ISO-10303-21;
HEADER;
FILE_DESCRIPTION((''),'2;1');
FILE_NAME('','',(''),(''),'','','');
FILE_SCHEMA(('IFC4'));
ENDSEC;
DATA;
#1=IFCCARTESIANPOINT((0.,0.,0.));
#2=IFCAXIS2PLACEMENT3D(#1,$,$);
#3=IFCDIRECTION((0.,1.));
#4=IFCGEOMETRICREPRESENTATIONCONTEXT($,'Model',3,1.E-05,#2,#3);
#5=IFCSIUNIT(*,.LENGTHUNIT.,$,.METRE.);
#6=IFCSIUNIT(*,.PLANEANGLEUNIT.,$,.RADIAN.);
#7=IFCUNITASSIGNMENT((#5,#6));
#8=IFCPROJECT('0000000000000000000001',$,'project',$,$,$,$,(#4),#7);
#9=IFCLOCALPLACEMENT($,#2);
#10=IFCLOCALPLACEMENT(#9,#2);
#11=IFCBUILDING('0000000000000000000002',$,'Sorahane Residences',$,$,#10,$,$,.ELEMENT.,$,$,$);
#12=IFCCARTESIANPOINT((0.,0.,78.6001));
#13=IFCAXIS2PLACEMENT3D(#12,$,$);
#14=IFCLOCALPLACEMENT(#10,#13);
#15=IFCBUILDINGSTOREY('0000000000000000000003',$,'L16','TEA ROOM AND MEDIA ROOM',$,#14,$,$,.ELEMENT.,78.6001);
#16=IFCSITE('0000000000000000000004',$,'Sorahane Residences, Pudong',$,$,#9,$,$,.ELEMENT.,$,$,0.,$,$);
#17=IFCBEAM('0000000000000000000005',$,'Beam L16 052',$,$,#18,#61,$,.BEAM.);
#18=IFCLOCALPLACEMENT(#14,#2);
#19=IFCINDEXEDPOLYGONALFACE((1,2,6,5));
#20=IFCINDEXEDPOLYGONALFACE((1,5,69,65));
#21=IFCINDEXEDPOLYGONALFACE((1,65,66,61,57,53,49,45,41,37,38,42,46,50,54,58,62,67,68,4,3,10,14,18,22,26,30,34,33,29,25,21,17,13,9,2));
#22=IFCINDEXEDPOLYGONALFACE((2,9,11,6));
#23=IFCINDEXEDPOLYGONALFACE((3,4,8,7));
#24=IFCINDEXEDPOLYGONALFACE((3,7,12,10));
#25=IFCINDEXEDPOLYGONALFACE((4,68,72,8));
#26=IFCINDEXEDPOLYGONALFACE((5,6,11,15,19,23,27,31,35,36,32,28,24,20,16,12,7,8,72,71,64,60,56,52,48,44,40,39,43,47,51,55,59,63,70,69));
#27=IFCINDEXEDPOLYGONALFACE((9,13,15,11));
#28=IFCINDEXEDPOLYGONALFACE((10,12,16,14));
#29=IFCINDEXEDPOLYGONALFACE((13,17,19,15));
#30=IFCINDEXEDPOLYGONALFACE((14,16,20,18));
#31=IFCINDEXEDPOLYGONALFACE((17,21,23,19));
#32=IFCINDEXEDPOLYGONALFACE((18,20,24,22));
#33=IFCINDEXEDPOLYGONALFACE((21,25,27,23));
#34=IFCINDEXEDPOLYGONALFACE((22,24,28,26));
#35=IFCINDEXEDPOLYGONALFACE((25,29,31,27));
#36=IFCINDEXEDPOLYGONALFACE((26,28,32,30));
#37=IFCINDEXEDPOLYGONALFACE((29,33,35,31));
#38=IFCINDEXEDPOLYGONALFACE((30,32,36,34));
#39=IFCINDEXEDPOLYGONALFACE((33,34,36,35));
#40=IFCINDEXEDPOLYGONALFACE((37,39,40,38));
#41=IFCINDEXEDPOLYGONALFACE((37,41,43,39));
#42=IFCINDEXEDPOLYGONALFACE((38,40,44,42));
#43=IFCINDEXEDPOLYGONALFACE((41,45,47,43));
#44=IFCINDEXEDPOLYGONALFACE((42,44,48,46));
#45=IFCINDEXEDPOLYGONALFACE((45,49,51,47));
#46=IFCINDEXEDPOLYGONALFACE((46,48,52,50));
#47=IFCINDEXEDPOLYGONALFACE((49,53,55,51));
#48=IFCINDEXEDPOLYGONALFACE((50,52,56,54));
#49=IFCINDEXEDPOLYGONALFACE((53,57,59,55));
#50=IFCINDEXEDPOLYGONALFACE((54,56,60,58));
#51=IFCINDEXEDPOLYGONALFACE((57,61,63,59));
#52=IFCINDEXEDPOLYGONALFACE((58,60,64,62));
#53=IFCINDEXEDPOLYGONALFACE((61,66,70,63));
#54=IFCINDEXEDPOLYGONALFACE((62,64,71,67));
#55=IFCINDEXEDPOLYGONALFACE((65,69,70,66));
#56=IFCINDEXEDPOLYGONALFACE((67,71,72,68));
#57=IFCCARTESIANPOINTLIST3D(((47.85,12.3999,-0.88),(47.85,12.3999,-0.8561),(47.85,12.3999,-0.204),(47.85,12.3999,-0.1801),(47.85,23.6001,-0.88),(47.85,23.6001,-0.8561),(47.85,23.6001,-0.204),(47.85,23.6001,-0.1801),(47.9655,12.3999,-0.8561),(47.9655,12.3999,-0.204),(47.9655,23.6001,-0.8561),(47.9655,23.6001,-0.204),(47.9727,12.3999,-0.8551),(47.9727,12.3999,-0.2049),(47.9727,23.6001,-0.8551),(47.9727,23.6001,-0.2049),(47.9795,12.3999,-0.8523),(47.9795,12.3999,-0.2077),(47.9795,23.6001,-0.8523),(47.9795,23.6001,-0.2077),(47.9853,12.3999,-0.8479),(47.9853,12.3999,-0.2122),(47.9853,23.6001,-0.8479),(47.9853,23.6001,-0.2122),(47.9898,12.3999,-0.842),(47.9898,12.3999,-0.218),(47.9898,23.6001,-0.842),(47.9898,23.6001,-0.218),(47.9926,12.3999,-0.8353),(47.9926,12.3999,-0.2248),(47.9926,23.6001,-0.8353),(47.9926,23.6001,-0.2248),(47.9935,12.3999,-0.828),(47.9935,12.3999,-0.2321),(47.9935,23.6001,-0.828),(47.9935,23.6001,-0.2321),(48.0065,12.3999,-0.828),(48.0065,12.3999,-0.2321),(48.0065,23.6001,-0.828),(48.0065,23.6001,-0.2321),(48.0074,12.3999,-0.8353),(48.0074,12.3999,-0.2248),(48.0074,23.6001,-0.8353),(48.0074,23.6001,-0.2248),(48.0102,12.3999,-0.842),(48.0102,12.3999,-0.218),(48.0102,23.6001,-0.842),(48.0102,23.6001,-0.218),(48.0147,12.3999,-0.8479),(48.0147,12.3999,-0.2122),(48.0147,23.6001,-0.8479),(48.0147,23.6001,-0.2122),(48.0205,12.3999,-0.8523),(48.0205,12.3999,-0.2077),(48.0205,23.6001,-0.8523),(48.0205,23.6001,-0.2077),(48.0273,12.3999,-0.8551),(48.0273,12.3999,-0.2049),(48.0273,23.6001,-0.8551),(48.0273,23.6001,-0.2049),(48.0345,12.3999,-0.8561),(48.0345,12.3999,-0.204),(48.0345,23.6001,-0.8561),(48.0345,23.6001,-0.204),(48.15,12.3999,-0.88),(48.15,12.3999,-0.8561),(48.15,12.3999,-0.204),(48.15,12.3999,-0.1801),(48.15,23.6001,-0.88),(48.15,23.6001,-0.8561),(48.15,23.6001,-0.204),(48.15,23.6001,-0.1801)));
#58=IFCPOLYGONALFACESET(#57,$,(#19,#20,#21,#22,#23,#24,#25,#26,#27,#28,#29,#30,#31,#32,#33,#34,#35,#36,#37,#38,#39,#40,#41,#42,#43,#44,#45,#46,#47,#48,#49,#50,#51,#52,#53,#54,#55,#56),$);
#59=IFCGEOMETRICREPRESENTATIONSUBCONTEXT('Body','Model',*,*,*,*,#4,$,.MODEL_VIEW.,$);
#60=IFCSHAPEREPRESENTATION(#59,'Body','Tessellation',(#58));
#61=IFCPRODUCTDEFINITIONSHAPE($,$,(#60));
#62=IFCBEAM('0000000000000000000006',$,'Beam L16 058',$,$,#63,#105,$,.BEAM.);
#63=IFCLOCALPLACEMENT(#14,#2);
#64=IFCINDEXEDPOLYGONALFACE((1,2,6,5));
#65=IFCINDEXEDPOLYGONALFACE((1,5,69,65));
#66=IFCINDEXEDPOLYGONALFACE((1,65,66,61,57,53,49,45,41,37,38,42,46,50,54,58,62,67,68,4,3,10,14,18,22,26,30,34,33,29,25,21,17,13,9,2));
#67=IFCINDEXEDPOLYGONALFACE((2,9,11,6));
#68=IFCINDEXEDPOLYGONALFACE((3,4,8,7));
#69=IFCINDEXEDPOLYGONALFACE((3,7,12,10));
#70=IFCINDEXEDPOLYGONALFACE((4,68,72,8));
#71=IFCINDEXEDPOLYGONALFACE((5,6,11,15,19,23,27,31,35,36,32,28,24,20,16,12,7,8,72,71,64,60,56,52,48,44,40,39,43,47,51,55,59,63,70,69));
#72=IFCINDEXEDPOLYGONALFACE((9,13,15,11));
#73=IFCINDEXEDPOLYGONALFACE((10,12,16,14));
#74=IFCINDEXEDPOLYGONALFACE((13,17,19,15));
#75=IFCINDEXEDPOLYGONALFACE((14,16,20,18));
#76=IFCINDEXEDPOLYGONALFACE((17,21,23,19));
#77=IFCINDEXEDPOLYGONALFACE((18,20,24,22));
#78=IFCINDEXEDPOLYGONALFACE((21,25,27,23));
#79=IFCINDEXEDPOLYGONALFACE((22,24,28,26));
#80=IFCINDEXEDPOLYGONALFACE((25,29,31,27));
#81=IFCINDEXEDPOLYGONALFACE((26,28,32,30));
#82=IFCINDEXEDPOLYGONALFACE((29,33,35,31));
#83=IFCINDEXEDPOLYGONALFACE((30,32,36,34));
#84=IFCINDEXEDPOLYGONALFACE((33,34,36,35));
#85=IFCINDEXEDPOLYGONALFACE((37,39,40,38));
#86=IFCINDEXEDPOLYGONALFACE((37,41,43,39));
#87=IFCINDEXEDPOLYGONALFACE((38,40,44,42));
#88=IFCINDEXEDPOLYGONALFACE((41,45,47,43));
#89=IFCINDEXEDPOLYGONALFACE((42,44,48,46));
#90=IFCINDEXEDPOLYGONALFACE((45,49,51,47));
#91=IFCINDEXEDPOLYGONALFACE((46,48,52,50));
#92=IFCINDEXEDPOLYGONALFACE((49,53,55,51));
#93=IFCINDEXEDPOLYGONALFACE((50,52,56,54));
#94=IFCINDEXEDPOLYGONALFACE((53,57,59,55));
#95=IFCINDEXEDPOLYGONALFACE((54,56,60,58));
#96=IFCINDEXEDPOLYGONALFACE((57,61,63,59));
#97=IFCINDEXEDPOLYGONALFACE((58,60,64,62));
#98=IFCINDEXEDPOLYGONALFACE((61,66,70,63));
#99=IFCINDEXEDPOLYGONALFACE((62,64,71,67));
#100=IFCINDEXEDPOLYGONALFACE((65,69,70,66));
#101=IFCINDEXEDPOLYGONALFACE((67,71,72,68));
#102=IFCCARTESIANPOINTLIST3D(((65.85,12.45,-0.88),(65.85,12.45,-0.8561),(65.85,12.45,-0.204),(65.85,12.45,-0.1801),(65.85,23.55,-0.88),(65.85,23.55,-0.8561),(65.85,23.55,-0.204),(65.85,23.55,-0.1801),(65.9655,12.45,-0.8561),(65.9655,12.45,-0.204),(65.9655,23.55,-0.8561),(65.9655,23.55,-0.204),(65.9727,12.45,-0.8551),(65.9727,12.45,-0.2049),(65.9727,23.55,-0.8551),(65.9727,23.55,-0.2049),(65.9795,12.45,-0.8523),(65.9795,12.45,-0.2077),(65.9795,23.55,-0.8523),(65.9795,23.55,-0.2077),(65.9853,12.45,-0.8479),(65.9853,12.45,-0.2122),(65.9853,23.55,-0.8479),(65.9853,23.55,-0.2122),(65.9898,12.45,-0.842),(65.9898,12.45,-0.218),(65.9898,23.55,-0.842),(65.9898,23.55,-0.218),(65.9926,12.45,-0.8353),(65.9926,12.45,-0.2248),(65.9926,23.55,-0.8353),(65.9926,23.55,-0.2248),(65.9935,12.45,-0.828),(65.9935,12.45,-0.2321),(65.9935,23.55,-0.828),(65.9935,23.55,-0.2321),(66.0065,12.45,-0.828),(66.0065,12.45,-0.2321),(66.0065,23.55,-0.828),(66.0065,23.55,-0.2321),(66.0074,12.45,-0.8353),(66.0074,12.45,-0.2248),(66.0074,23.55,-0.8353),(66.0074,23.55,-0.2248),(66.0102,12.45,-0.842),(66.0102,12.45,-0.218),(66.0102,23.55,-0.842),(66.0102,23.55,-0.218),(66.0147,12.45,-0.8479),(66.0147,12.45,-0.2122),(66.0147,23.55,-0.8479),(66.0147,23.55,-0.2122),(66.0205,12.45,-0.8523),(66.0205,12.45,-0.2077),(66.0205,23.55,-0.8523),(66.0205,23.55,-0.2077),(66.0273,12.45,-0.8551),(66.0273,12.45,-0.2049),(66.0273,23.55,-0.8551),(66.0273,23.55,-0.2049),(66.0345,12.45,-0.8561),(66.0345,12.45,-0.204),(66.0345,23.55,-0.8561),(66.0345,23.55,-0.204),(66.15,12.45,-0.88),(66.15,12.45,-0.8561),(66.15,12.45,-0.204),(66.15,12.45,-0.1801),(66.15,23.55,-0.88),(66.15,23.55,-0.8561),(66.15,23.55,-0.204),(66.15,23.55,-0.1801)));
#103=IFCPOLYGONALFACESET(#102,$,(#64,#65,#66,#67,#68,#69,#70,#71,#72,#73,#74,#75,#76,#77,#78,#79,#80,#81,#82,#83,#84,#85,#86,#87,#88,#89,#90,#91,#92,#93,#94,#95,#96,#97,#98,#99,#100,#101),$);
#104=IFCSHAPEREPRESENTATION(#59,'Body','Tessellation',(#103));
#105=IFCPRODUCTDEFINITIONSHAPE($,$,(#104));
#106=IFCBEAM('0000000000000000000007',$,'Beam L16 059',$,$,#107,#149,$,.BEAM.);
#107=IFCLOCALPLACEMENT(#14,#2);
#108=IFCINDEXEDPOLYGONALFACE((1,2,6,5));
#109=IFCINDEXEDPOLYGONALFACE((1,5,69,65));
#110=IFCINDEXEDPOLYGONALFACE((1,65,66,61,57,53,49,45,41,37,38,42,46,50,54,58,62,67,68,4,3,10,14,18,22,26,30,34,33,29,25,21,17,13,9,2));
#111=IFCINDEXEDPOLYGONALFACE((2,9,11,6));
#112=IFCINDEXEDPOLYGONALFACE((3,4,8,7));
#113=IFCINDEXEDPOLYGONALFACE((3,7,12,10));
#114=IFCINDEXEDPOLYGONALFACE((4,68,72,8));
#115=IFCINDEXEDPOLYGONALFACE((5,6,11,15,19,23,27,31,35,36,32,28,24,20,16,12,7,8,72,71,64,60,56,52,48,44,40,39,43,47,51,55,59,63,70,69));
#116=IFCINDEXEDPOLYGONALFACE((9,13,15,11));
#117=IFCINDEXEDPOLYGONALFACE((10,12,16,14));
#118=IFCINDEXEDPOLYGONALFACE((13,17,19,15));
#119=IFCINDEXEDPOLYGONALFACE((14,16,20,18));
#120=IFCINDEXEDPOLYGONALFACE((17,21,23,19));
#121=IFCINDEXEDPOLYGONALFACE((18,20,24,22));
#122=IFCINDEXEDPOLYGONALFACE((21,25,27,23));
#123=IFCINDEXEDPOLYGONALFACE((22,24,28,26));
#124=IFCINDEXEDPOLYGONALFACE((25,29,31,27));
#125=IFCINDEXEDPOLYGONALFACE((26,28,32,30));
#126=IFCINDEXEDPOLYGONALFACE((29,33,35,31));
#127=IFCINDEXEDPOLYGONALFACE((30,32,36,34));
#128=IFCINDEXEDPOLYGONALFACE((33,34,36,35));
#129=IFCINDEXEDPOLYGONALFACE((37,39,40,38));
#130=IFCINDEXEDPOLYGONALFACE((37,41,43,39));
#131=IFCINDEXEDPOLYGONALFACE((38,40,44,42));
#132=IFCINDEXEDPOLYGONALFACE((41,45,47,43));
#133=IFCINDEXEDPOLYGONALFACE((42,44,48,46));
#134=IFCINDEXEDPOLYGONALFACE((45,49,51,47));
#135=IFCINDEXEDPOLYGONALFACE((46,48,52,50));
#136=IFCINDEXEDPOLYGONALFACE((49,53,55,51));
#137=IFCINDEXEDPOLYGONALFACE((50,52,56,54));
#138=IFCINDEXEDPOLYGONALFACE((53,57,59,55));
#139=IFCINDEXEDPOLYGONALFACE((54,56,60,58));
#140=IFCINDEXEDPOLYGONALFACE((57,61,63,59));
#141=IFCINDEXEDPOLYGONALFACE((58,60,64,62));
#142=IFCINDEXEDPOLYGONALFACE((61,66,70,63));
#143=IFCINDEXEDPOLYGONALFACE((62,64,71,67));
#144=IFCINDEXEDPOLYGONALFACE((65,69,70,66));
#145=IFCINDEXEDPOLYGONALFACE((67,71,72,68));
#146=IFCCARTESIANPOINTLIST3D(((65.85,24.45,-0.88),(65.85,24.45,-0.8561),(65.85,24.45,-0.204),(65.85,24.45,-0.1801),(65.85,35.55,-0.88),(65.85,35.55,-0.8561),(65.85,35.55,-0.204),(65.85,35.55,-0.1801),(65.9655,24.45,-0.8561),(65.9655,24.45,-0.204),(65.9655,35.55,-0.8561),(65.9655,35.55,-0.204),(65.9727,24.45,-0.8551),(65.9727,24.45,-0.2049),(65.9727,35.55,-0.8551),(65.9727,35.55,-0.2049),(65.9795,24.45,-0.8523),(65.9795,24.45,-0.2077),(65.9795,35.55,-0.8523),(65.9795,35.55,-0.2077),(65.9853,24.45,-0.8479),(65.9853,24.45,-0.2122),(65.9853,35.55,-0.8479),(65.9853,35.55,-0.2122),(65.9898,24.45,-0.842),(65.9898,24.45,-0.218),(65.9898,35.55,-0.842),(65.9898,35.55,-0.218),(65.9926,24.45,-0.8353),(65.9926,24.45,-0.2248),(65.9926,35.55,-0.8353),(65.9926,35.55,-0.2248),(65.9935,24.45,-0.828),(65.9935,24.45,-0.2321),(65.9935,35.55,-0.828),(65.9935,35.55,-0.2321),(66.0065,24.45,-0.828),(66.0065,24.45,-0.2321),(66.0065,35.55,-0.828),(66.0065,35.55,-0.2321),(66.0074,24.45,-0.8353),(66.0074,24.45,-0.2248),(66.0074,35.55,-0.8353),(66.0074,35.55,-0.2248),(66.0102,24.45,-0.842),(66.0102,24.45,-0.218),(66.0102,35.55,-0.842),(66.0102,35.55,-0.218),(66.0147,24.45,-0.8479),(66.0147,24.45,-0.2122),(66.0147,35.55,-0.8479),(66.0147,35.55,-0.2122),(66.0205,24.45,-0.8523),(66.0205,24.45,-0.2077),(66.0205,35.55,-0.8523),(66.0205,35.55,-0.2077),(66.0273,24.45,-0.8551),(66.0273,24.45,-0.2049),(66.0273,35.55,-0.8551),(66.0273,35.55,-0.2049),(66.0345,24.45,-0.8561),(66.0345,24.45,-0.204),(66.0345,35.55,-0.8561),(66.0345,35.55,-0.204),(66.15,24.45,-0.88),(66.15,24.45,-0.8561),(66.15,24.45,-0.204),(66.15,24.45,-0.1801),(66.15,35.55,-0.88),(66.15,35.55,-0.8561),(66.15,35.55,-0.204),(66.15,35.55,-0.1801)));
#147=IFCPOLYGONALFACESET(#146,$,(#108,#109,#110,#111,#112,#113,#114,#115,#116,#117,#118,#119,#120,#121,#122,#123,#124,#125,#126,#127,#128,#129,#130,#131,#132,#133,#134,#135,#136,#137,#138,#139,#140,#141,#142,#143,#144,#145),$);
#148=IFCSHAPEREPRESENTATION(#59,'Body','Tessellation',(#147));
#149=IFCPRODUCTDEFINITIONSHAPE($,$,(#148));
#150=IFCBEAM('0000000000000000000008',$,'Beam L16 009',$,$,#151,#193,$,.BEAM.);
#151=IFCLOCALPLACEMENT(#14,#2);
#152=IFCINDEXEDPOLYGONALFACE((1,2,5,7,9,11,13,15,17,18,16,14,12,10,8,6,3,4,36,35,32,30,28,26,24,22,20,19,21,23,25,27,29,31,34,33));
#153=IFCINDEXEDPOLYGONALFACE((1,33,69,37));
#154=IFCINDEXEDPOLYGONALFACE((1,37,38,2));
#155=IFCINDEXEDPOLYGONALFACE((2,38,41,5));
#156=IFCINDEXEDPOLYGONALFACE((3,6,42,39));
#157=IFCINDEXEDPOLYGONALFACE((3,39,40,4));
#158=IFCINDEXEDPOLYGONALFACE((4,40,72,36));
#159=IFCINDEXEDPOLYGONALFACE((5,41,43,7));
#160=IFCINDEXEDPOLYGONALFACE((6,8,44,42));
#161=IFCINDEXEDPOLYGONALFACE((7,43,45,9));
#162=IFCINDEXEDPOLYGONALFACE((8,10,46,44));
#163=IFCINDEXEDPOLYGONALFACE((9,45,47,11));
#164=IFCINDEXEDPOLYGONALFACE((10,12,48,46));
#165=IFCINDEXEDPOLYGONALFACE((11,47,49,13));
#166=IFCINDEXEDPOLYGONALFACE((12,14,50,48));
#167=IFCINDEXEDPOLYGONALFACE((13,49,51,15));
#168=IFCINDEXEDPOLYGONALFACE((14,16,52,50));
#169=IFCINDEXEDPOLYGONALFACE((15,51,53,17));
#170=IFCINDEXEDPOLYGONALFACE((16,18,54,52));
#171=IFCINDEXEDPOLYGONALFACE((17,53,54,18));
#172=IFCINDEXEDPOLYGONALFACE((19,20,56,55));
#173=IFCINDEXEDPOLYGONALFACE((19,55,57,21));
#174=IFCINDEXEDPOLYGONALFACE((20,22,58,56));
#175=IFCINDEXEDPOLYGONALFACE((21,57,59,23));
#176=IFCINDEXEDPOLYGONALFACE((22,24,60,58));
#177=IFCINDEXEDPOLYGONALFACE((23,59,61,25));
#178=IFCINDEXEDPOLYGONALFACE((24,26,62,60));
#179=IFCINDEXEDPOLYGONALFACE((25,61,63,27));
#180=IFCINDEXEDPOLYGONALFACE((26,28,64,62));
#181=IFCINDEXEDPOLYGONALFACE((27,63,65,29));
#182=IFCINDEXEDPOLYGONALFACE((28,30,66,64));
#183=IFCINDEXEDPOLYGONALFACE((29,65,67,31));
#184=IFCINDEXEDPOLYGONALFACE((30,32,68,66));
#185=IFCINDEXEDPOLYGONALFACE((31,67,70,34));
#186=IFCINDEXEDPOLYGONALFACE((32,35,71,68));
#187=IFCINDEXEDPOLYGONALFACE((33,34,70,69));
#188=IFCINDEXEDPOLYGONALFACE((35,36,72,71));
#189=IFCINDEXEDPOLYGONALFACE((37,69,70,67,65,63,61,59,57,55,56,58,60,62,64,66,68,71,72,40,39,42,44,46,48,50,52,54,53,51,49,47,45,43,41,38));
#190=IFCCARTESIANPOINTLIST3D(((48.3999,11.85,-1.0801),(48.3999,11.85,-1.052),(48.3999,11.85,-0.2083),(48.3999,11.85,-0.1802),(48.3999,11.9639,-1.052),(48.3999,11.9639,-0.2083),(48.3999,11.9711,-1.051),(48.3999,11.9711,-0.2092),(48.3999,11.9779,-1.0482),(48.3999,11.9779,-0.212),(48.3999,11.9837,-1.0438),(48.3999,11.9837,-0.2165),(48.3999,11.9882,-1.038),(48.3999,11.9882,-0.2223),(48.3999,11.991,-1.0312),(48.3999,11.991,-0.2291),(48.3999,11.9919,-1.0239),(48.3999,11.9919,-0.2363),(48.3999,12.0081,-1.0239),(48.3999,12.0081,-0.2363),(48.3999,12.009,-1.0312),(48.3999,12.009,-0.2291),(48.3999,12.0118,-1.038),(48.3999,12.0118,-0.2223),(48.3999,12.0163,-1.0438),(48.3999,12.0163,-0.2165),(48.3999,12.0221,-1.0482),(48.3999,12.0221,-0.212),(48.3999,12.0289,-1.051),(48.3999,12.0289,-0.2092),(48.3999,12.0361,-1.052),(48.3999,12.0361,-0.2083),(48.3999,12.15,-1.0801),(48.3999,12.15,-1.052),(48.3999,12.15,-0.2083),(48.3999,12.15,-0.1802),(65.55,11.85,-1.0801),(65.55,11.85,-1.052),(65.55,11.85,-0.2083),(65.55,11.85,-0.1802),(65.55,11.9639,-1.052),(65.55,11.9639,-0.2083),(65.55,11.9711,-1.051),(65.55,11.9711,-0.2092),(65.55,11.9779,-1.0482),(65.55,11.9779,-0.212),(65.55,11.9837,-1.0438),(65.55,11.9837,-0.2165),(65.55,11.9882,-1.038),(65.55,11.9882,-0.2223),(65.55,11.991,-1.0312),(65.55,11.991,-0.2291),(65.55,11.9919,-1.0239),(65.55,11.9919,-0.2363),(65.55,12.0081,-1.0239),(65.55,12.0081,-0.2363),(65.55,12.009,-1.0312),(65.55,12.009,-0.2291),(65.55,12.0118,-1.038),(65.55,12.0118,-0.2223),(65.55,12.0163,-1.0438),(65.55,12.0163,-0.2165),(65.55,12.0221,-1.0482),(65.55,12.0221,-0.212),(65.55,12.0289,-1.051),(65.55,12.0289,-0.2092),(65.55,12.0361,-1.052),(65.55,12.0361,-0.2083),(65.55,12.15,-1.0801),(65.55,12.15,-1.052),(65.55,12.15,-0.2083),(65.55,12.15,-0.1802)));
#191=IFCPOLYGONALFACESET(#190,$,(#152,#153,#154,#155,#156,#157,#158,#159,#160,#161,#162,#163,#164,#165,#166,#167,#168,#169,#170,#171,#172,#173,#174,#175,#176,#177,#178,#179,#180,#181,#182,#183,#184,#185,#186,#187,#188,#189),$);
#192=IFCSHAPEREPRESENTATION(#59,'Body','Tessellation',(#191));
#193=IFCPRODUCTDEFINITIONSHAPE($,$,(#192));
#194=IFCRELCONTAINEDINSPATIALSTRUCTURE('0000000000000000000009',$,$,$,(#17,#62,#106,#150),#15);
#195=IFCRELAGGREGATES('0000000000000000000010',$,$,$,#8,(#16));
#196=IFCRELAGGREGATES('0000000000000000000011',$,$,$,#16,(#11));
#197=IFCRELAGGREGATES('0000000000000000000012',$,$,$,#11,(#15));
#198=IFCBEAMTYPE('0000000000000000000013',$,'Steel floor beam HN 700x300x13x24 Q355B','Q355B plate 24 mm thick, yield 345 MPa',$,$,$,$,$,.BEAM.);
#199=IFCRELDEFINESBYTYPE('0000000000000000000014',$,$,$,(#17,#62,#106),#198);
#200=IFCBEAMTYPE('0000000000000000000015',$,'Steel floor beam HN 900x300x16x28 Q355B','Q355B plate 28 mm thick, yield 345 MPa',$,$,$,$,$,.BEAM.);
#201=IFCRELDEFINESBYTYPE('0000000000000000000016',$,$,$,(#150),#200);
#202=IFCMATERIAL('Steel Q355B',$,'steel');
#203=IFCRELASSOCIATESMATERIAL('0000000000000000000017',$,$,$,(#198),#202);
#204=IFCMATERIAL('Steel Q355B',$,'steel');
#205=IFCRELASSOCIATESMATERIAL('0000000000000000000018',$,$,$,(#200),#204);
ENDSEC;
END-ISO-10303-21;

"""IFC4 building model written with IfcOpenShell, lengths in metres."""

from ifc_helpers import new_model, si_unit, direction, frame, origin, origin_2d, place, context, subcontext, project, spatial, i_section, extrude, material, material_profile, profile_set, type_object, element, save


model = new_model("IFC4")

# Units and contexts
model_context = context("Model", 3, precision=1e-05, world=origin(), true_north=direction((0.0, 1.0)))
body_context = subcontext(model_context, "Body", "Model", "MODEL_VIEW")
ifc_project = project(units=[si_unit("LENGTHUNIT", "METRE"), si_unit("PLANEANGLEUNIT", "RADIAN")], contexts=[model_context])

# Site, building, storey
site_placement = place(None, origin())
site = spatial("IfcSite", under=ifc_project, at=site_placement, Name="Sorahane Residences, Pudong", CompositionType="ELEMENT", RefElevation=0.0)
building_placement = place(site_placement, origin())
building = spatial("IfcBuilding", under=site, at=building_placement, Name="Sorahane Residences", CompositionType="ELEMENT")
storey_placement = place(building_placement, frame((0.0, 0.0, 78.6001)))
storey = spatial("IfcBuildingStorey", under=building, at=storey_placement, Name="L16", Description="TEA ROOM AND MEDIA ROOM", CompositionType="ELEMENT", Elevation=78.6001)

# Beams
ifc_material_1 = material(Name="Steel Q355B", Category="steel")
ifc_material_profile_1 = material_profile(ifc_material_1, i_section(OverallWidth=0.3, OverallDepth=0.7, WebThickness=0.0129, FlangeThickness=0.0239, FilletRadius=0.0281, at=origin_2d()), Name="HN 700x300x13x24")
ifc_profile_set_1 = profile_set([ifc_material_profile_1], Name="Steel Q355B")
beam_type_1 = type_object("IfcBeamType", Name="Steel floor beam HN 700x300x13x24 Q355B", Description="Q355B plate 24 mm thick, yield 345 MPa", PredefinedType="BEAM", material=ifc_profile_set_1)
beam_1_placement = place(storey_placement, frame((48.0, 12.3999, -0.53), z_axis=(0.0, 1.0, 0.0), x_axis=(-1.0, 0.0, 0.0)))
element("IfcBeam", 1, at=beam_1_placement, inside=storey, type_object=beam_type_1, Name="Beam L16 052", PredefinedType="BEAM", context=body_context, shape_type="SweptSolid", body=[
    extrude(i_section(OverallWidth=0.3, OverallDepth=0.7, WebThickness=0.0129, FlangeThickness=0.0239, FilletRadius=0.0281, at=origin_2d()), origin(), (0.0, 0.0, 1.0), 11.2002),
])
for number, where, z_axis, x_axis, name in (
    (2, (66.0, 12.45, -0.53), (0.0, 1.0, 0.0), (-1.0, 0.0, 0.0), "Beam L16 058"),
    (3, (66.0, 24.45, -0.53), (0.0, 1.0, 0.0), (-1.0, 0.0, 0.0), "Beam L16 059"),
):
    element("IfcBeam", number, at=place(storey_placement, frame(where, z_axis=z_axis, x_axis=x_axis)), inside=storey, type_object=beam_type_1, Name=name, PredefinedType="BEAM", context=body_context, shape_type="SweptSolid", body=[
        extrude(i_section(OverallWidth=0.3, OverallDepth=0.7, WebThickness=0.0129, FlangeThickness=0.0239, FilletRadius=0.0281, at=origin_2d()), origin(), (0.0, 0.0, 1.0), 11.1001),
    ])
ifc_material_2 = material(Name="Steel Q355B", Category="steel")
ifc_material_profile_2 = material_profile(ifc_material_2, i_section(OverallWidth=0.3, OverallDepth=0.8999, WebThickness=0.0161, FlangeThickness=0.0281, FilletRadius=0.0281, at=origin_2d()), Name="HN 900x300x16x28")
ifc_profile_set_2 = profile_set([ifc_material_profile_2], Name="Steel Q355B")
beam_type_2 = type_object("IfcBeamType", Name="Steel floor beam HN 900x300x16x28 Q355B", Description="Q355B plate 28 mm thick, yield 345 MPa", PredefinedType="BEAM", material=ifc_profile_set_2)
for number, where, z_axis, x_axis, name in (
    (4, (48.3999, 12.0, -0.6301), (1.0, 0.0, 0.0), (0.0, 1.0, 0.0), "Beam L16 009"),
):
    element("IfcBeam", number, at=place(storey_placement, frame(where, z_axis=z_axis, x_axis=x_axis)), inside=storey, type_object=beam_type_2, Name=name, PredefinedType="BEAM", context=body_context, shape_type="SweptSolid", body=[
        extrude(i_section(OverallWidth=0.3, OverallDepth=0.8999, WebThickness=0.0161, FlangeThickness=0.0281, FilletRadius=0.0281, at=origin_2d()), origin(), (0.0, 0.0, 1.0), 17.1501),
    ])

save(model, "model.ifc")
